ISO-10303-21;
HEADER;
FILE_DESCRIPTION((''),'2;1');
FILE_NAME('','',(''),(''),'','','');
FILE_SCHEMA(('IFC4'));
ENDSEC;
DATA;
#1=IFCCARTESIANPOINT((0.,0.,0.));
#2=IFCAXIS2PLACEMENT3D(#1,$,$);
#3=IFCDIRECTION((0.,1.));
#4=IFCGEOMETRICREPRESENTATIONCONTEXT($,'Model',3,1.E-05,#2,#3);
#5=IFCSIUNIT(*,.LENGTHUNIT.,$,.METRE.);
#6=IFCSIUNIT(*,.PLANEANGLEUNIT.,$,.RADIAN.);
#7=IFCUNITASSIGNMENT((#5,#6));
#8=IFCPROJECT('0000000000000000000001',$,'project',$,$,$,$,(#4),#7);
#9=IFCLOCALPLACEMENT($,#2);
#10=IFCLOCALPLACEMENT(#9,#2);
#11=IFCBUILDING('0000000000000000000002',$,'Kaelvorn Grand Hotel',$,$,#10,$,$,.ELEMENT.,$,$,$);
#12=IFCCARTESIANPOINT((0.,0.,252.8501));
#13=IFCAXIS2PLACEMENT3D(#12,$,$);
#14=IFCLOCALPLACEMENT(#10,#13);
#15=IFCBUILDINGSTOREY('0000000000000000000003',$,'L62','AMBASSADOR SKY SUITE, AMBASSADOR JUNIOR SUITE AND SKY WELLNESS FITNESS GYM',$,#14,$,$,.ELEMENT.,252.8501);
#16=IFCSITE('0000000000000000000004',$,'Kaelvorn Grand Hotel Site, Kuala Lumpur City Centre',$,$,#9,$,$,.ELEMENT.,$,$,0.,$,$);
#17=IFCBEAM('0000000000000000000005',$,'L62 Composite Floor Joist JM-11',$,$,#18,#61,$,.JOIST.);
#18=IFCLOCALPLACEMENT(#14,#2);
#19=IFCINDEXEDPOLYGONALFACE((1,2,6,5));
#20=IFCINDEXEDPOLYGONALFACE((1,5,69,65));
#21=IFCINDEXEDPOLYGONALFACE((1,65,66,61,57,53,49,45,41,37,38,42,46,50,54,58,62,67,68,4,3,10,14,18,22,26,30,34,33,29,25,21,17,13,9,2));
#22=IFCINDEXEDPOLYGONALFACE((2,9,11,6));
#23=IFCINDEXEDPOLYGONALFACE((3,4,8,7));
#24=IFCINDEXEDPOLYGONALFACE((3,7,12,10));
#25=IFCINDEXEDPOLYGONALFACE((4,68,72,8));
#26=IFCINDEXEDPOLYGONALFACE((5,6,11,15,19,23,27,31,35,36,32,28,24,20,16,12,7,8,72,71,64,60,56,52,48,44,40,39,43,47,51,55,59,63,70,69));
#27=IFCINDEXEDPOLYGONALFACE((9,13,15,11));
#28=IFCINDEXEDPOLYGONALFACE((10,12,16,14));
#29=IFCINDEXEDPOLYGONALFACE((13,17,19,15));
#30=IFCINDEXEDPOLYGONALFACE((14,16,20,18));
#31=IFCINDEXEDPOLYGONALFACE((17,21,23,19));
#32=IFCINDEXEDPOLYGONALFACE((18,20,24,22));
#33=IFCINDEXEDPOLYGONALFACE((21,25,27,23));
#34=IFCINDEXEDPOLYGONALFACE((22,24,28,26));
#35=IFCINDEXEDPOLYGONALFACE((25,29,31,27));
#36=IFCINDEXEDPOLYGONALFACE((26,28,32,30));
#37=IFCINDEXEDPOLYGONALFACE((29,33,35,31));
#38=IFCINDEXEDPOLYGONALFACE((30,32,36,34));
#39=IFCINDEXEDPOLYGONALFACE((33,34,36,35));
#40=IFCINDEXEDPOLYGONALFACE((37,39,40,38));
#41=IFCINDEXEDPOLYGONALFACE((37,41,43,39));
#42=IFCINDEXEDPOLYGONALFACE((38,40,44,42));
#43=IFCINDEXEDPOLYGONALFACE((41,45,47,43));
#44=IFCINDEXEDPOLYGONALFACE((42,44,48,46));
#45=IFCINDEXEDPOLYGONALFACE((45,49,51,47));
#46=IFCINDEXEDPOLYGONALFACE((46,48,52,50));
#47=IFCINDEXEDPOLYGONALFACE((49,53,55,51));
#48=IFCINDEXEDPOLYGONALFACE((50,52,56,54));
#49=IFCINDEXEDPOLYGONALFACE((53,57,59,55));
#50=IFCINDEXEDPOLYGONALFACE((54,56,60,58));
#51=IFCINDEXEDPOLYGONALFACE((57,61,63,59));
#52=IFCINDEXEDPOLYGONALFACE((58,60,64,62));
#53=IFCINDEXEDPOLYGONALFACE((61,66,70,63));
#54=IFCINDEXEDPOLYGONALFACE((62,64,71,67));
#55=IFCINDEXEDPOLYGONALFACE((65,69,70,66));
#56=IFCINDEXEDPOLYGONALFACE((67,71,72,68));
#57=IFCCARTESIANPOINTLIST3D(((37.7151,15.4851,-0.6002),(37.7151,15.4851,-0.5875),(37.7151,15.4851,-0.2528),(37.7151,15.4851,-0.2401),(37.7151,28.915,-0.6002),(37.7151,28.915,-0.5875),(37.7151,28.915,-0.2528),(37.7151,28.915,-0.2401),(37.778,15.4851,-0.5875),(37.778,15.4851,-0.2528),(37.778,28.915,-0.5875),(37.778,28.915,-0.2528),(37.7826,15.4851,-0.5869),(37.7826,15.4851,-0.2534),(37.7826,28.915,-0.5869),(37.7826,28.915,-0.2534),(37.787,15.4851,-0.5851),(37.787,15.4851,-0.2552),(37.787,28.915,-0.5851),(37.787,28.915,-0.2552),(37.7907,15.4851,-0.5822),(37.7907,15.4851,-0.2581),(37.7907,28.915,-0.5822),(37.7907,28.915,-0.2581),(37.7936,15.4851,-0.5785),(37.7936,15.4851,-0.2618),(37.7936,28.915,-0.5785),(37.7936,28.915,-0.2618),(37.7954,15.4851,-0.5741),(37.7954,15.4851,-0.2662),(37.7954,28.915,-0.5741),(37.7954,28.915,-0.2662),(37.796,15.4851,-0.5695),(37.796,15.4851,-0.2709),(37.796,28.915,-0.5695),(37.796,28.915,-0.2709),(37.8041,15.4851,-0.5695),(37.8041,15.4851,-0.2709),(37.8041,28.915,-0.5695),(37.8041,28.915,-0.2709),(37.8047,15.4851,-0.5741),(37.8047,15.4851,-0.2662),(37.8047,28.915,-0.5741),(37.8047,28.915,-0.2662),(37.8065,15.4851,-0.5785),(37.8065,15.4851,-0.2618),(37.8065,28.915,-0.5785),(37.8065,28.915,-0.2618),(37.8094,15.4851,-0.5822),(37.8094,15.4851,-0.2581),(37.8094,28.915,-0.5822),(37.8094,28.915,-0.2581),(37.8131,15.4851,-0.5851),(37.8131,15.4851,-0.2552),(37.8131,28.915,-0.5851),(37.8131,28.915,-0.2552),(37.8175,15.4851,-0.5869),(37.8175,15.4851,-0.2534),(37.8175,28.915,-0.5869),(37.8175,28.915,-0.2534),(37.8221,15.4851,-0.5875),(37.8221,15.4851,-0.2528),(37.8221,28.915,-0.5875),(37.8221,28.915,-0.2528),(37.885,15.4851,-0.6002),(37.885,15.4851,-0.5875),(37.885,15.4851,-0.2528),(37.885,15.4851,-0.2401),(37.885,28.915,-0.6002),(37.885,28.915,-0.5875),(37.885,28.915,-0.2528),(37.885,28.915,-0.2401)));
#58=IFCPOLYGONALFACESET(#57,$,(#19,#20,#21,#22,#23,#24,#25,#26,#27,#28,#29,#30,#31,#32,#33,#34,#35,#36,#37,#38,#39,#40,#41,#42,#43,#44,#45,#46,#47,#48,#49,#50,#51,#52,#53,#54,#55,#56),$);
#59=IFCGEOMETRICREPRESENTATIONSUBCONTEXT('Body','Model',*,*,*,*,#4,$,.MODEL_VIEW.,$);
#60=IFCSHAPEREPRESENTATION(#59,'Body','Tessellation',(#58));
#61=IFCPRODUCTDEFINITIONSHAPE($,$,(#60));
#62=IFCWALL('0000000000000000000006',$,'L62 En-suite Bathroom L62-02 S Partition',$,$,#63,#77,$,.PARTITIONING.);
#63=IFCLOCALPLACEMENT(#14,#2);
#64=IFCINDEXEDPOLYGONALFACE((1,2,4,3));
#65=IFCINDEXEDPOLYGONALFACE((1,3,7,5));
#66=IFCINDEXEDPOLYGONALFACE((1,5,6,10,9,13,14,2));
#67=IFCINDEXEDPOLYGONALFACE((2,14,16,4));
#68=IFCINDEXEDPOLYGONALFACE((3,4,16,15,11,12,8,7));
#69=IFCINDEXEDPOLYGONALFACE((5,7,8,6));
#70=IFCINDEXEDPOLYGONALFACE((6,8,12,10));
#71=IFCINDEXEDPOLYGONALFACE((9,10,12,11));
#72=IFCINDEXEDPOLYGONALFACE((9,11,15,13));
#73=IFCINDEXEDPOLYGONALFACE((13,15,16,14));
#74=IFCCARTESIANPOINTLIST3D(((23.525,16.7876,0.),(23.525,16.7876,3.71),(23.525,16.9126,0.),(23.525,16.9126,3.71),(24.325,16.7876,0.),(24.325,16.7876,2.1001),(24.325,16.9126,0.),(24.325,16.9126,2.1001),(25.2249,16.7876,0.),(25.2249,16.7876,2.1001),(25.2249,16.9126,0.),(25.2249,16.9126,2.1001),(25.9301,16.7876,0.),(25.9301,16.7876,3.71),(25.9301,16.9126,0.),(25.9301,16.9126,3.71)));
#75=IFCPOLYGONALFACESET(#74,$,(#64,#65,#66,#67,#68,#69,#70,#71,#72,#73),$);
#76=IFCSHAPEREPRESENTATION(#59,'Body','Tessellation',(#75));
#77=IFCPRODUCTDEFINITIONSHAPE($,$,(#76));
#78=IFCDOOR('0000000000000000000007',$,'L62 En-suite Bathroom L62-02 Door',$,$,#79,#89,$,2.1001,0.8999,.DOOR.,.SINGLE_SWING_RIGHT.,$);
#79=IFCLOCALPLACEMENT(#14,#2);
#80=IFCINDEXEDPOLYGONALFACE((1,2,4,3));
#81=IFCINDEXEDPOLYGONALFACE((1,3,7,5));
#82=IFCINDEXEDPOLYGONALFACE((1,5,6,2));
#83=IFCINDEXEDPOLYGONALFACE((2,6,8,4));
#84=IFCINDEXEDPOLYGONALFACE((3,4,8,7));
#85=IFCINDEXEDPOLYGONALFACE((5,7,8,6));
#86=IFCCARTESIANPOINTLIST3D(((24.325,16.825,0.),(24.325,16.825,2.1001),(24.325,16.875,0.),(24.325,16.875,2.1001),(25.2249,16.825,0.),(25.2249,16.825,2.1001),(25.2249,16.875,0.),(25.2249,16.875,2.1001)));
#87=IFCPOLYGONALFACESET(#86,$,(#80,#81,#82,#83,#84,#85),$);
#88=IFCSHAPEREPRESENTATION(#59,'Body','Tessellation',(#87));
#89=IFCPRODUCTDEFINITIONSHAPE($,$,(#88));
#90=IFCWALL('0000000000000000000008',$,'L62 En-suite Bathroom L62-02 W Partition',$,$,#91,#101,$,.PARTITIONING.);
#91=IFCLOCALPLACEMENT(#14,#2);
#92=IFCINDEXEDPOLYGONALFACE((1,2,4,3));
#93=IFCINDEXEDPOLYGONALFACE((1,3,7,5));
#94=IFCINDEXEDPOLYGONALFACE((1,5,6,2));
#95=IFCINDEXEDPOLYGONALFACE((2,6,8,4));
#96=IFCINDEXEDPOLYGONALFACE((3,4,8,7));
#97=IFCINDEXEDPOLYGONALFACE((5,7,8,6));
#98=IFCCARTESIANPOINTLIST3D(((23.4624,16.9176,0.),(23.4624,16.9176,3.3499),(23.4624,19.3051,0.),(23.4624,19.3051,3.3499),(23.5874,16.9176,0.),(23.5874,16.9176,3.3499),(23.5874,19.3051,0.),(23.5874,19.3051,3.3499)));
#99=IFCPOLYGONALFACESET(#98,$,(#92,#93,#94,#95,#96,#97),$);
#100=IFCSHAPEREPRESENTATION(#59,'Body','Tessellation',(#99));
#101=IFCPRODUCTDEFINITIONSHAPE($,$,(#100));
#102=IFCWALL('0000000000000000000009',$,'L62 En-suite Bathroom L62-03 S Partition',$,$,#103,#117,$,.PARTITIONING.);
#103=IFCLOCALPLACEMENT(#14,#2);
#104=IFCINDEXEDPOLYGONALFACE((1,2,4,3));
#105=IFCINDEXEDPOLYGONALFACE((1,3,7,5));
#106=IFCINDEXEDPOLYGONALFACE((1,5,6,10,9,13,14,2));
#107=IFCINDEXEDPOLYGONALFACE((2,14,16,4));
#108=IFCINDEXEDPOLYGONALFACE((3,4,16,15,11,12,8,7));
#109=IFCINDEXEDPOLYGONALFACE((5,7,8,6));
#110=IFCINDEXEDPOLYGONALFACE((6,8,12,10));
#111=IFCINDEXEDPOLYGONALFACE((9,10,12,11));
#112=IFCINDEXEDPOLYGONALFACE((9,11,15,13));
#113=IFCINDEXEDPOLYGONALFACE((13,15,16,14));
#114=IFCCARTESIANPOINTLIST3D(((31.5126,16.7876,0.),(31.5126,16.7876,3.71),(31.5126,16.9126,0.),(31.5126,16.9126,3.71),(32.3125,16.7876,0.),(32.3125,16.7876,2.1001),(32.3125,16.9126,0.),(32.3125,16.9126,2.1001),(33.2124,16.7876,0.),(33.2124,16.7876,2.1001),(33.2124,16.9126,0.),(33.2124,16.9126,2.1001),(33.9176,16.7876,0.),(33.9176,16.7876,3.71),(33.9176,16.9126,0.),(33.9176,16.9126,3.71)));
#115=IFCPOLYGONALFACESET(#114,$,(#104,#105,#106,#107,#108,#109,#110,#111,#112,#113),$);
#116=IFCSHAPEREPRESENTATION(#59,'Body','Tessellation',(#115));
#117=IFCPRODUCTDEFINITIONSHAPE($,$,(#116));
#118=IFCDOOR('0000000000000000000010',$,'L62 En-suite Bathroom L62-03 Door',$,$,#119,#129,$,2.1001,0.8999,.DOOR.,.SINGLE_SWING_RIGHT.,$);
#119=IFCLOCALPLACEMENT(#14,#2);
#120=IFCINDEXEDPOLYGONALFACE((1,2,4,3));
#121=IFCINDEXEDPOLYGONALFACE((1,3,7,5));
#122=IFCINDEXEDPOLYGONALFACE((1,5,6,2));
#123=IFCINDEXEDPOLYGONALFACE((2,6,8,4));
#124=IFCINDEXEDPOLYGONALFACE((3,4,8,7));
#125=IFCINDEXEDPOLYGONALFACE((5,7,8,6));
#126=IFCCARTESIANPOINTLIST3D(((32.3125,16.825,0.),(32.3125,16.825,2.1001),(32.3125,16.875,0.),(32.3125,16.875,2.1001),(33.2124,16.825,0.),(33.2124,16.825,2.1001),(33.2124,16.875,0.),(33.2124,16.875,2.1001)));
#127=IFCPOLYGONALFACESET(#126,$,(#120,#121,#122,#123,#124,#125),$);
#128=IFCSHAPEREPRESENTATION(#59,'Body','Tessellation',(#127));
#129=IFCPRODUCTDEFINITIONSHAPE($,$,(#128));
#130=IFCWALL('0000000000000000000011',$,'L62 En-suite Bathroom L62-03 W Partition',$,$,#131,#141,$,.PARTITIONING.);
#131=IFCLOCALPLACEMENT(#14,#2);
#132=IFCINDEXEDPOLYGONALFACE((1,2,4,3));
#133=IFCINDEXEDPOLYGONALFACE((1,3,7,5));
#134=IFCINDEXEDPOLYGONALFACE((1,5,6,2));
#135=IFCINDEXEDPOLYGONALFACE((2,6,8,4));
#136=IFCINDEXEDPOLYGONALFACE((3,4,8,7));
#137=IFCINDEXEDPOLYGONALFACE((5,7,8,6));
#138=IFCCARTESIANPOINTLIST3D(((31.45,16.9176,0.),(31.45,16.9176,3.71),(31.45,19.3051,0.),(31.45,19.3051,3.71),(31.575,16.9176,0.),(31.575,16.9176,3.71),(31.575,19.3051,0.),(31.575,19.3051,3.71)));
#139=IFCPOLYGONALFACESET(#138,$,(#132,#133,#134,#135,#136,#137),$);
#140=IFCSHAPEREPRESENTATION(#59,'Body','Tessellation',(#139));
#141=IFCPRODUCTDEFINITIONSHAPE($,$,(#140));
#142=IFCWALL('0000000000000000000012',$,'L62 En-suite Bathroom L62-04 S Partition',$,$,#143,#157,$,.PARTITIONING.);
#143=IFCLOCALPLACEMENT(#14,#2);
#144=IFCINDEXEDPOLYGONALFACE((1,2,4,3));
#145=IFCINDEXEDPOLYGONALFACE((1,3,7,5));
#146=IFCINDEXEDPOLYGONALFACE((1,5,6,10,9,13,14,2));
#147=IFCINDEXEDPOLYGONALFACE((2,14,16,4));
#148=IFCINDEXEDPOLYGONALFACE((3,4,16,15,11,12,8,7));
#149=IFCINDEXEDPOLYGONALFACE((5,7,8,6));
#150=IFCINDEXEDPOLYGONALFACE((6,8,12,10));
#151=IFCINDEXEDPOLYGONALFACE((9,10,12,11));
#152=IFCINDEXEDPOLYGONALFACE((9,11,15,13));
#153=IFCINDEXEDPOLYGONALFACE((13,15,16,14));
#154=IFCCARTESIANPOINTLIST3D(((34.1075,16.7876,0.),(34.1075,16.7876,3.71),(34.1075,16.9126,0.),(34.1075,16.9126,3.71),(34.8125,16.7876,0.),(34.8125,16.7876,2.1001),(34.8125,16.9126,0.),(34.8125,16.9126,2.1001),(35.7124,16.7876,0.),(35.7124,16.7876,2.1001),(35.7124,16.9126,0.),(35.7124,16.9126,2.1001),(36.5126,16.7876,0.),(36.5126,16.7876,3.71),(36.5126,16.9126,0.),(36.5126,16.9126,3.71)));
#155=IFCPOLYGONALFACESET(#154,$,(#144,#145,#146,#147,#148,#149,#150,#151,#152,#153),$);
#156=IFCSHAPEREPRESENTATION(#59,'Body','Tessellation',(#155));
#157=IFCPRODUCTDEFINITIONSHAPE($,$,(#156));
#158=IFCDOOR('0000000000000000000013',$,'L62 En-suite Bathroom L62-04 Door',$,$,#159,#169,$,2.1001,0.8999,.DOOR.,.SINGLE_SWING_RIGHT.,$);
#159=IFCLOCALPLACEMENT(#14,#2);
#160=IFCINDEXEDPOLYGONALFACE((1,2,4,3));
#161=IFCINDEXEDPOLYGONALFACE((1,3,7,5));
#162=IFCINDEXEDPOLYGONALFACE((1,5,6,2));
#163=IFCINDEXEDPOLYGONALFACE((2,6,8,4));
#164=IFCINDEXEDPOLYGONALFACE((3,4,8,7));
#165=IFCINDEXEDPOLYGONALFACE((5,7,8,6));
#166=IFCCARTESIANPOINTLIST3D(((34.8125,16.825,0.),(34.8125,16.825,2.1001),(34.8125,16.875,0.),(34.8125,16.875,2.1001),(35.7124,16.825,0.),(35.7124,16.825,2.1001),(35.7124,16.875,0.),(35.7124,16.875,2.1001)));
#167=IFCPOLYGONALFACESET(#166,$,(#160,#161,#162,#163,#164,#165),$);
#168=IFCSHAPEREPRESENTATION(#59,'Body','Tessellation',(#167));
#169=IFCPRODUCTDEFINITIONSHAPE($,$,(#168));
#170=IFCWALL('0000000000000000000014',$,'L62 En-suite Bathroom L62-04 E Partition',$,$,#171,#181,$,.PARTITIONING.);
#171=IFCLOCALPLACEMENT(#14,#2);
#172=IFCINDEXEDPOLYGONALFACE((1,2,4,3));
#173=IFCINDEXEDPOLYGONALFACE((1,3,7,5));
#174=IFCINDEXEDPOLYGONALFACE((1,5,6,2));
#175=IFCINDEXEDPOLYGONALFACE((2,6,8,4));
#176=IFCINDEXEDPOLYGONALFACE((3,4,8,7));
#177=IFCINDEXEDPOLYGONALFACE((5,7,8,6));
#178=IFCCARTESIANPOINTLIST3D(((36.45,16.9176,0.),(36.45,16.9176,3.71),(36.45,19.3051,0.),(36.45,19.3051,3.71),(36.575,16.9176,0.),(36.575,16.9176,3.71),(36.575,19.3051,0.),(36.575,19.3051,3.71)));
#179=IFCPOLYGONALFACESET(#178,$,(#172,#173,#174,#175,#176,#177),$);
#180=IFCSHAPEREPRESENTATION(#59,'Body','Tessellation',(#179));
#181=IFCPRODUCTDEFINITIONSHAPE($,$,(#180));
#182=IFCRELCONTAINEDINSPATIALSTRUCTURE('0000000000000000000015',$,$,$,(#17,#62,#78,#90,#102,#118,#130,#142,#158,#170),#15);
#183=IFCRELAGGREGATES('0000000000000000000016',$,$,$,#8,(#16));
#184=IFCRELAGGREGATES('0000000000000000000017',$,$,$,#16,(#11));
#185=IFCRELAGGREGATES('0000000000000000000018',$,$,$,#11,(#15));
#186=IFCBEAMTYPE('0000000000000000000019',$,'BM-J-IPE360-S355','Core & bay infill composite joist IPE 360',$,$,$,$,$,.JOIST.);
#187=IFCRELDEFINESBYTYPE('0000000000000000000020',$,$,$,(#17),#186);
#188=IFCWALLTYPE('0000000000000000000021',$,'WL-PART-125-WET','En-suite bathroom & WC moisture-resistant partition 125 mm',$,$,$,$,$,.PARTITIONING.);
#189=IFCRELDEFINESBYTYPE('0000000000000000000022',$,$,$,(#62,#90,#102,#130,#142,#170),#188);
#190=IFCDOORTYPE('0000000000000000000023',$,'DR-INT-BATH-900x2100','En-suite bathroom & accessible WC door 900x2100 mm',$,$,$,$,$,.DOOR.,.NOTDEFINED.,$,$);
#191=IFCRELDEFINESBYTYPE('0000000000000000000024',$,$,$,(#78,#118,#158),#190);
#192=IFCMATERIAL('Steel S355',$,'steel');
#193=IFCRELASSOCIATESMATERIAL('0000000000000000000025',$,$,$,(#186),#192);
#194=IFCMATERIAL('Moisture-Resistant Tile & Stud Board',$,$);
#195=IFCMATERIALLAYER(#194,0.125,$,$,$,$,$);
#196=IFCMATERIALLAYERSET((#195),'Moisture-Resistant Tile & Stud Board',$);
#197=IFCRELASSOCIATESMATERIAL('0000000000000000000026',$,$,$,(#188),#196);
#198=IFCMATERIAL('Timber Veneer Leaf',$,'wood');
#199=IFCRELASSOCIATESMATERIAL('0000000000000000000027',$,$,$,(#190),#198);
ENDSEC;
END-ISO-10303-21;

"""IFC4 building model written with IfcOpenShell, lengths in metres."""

from ifc_helpers import new_model, si_unit, direction, frame, frame_2d, origin, origin_2d, place, context, subcontext, project, spatial, rectangle, i_section, extrude, material, layer, layer_set, material_profile, profile_set, type_object, element, fill, save


model = new_model("IFC4")

# Units and contexts
model_context = context("Model", 3, precision=1e-05, world=origin(), true_north=direction((0.0, 1.0)))
body_context = subcontext(model_context, "Body", "Model", "MODEL_VIEW")
ifc_project = project(units=[si_unit("LENGTHUNIT", "METRE"), si_unit("PLANEANGLEUNIT", "RADIAN")], contexts=[model_context])

# Site, building, storey
site_placement = place(None, origin())
site = spatial("IfcSite", under=ifc_project, at=site_placement, Name="Kaelvorn Grand Hotel Site, Kuala Lumpur City Centre", CompositionType="ELEMENT", RefElevation=0.0)
building_placement = place(site_placement, origin())
building = spatial("IfcBuilding", under=site, at=building_placement, Name="Kaelvorn Grand Hotel", CompositionType="ELEMENT")
storey_placement = place(building_placement, frame((0.0, 0.0, 252.8501)))
storey = spatial("IfcBuildingStorey", under=building, at=storey_placement, Name="L62", Description="AMBASSADOR SKY SUITE, AMBASSADOR JUNIOR SUITE AND SKY WELLNESS FITNESS GYM", CompositionType="ELEMENT", Elevation=252.8501)

# Beam
ifc_material_1 = material(Name="Steel S355", Category="steel")
ifc_material_profile_1 = material_profile(ifc_material_1, i_section(OverallWidth=0.1699, OverallDepth=0.3601, WebThickness=0.0081, FlangeThickness=0.0127, FilletRadius=0.0181, at=origin_2d()), Name="IPE 360")
ifc_profile_set_1 = profile_set([ifc_material_profile_1], Name="Steel S355")
beam_type_1 = type_object("IfcBeamType", Name="BM-J-IPE360-S355", Description="Core & bay infill composite joist IPE 360", PredefinedType="JOIST", material=ifc_profile_set_1)
beam_1_placement = place(storey_placement, frame((37.8, 15.4851, -0.4202), z_axis=(0.0, 1.0, 0.0), x_axis=(-1.0, 0.0, 0.0)))
element("IfcBeam", 1, at=beam_1_placement, inside=storey, type_object=beam_type_1, Name="L62 Composite Floor Joist JM-11", PredefinedType="JOIST", context=body_context, shape_type="SweptSolid", body=[
    extrude(i_section(OverallWidth=0.1699, OverallDepth=0.3601, WebThickness=0.0081, FlangeThickness=0.0127, FilletRadius=0.0181, at=origin_2d()), origin(), (0.0, 0.0, 1.0), 13.4299),
])

# Wall, opening, door
ifc_material_2 = material(Name="Moisture-Resistant Tile & Stud Board")
ifc_layer_1 = layer(ifc_material_2, 0.125)
ifc_layer_set_1 = layer_set([ifc_layer_1], Name="Moisture-Resistant Tile & Stud Board")
wall_type_1 = type_object("IfcWallType", Name="WL-PART-125-WET", Description="En-suite bathroom & WC moisture-resistant partition 125 mm", PredefinedType="PARTITIONING", material=ifc_layer_set_1)
wall_1_placement = place(storey_placement, frame((23.5249, 16.8501, 0.0), z_axis=(0.0, 0.0, 1.0), x_axis=(1.0, 0.0, 0.0)))
wall_1 = element("IfcWall", 2, at=wall_1_placement, inside=storey, type_object=wall_type_1, Name="L62 En-suite Bathroom L62-02 S Partition", PredefinedType="PARTITIONING", context=body_context, shape_type="SweptSolid", body=[
    extrude(rectangle(XDim=2.405, YDim=0.125, at=frame_2d((1.2026, 0.0))), origin(), (0.0, 0.0, 1.0), 3.71),
])
opening_1_placement = place(wall_1_placement, frame((0.8, 0.0, 0.0)))
opening_1 = element("IfcOpeningElement", 3, at=opening_1_placement, cuts=wall_1, PredefinedType="OPENING", context=body_context, shape_type="SweptSolid", body=[
    extrude(rectangle(XDim=0.8999, YDim=2.1001, at=frame_2d((0.45, 1.05))), frame((0.0, 0.0725, 0.0), z_axis=(0.0, -1.0, 0.0), x_axis=(1.0, 0.0, 0.0)), (0.0, 0.0, 1.0), 0.145),
])
ifc_material_3 = material(Name="Timber Veneer Leaf", Category="wood")
door_type_1 = type_object("IfcDoorType", Name="DR-INT-BATH-900x2100", Description="En-suite bathroom & accessible WC door 900x2100 mm", OperationType="NOTDEFINED", PredefinedType="DOOR", material=ifc_material_3)
door_1_placement = place(opening_1_placement, origin())
door_1 = element("IfcDoor", 4, at=door_1_placement, inside=storey, type_object=door_type_1, Name="L62 En-suite Bathroom L62-02 Door", OperationType="SINGLE_SWING_RIGHT", OverallHeight=2.1001, OverallWidth=0.8999, PredefinedType="DOOR", context=body_context, shape_type="SweptSolid", body=[
    extrude(rectangle(XDim=0.8999, YDim=2.1001, at=frame_2d((0.45, 1.05))), frame((0.0, 0.0249, 0.0), z_axis=(0.0, -1.0, 0.0), x_axis=(1.0, 0.0, 0.0)), (0.0, 0.0, 1.0), 0.05),
])
fill(opening_1, door_1)

# Wall
wall_2_placement = place(storey_placement, frame((23.5249, 16.9175, 0.0), z_axis=(0.0, 0.0, 1.0), x_axis=(0.0, 1.0, 0.0)))
element("IfcWall", 5, at=wall_2_placement, inside=storey, type_object=wall_type_1, Name="L62 En-suite Bathroom L62-02 W Partition", PredefinedType="PARTITIONING", context=body_context, shape_type="SweptSolid", body=[
    extrude(rectangle(XDim=2.3875, YDim=0.125, at=frame_2d((1.1938, 0.0))), origin(), (0.0, 0.0, 1.0), 3.3499),
])

# Wall, opening, door
wall_3_placement = place(storey_placement, frame((31.5125, 16.8501, 0.0), z_axis=(0.0, 0.0, 1.0), x_axis=(1.0, 0.0, 0.0)))
wall_3 = element("IfcWall", 6, at=wall_3_placement, inside=storey, type_object=wall_type_1, Name="L62 En-suite Bathroom L62-03 S Partition", PredefinedType="PARTITIONING", context=body_context, shape_type="SweptSolid", body=[
    extrude(rectangle(XDim=2.405, YDim=0.125, at=frame_2d((1.2026, 0.0))), origin(), (0.0, 0.0, 1.0), 3.71),
])
opening_2_placement = place(wall_3_placement, frame((0.8, 0.0, 0.0)))
opening_2 = element("IfcOpeningElement", 7, at=opening_2_placement, cuts=wall_3, PredefinedType="OPENING", context=body_context, shape_type="SweptSolid", body=[
    extrude(rectangle(XDim=0.8999, YDim=2.1001, at=frame_2d((0.45, 1.05))), frame((0.0, 0.0725, 0.0), z_axis=(0.0, -1.0, 0.0), x_axis=(1.0, 0.0, 0.0)), (0.0, 0.0, 1.0), 0.145),
])
door_2_placement = place(opening_2_placement, origin())
door_2 = element("IfcDoor", 8, at=door_2_placement, inside=storey, type_object=door_type_1, Name="L62 En-suite Bathroom L62-03 Door", OperationType="SINGLE_SWING_RIGHT", OverallHeight=2.1001, OverallWidth=0.8999, PredefinedType="DOOR", context=body_context, shape_type="SweptSolid", body=[
    extrude(rectangle(XDim=0.8999, YDim=2.1001, at=frame_2d((0.45, 1.05))), frame((0.0, 0.0249, 0.0), z_axis=(0.0, -1.0, 0.0), x_axis=(1.0, 0.0, 0.0)), (0.0, 0.0, 1.0), 0.05),
])
fill(opening_2, door_2)

# Wall
wall_4_placement = place(storey_placement, frame((31.5125, 16.9175, 0.0), z_axis=(0.0, 0.0, 1.0), x_axis=(0.0, 1.0, 0.0)))
element("IfcWall", 9, at=wall_4_placement, inside=storey, type_object=wall_type_1, Name="L62 En-suite Bathroom L62-03 W Partition", PredefinedType="PARTITIONING", context=body_context, shape_type="SweptSolid", body=[
    extrude(rectangle(XDim=2.3875, YDim=0.125, at=frame_2d((1.1938, 0.0))), origin(), (0.0, 0.0, 1.0), 3.71),
])

# Wall, opening, door
wall_5_placement = place(storey_placement, frame((34.1074, 16.8501, 0.0), z_axis=(0.0, 0.0, 1.0), x_axis=(1.0, 0.0, 0.0)))
wall_5 = element("IfcWall", 10, at=wall_5_placement, inside=storey, type_object=wall_type_1, Name="L62 En-suite Bathroom L62-04 S Partition", PredefinedType="PARTITIONING", context=body_context, shape_type="SweptSolid", body=[
    extrude(rectangle(XDim=2.405, YDim=0.125, at=frame_2d((1.2026, 0.0))), origin(), (0.0, 0.0, 1.0), 3.71),
])
opening_3_placement = place(wall_5_placement, frame((0.7051, 0.0, 0.0)))
opening_3 = element("IfcOpeningElement", 11, at=opening_3_placement, cuts=wall_5, PredefinedType="OPENING", context=body_context, shape_type="SweptSolid", body=[
    extrude(rectangle(XDim=0.8999, YDim=2.1001, at=frame_2d((0.45, 1.05))), frame((0.0, 0.0725, 0.0), z_axis=(0.0, -1.0, 0.0), x_axis=(1.0, 0.0, 0.0)), (0.0, 0.0, 1.0), 0.145),
])
door_3_placement = place(opening_3_placement, origin())
door_3 = element("IfcDoor", 12, at=door_3_placement, inside=storey, type_object=door_type_1, Name="L62 En-suite Bathroom L62-04 Door", OperationType="SINGLE_SWING_RIGHT", OverallHeight=2.1001, OverallWidth=0.8999, PredefinedType="DOOR", context=body_context, shape_type="SweptSolid", body=[
    extrude(rectangle(XDim=0.8999, YDim=2.1001, at=frame_2d((0.45, 1.05))), frame((0.0, 0.0249, 0.0), z_axis=(0.0, -1.0, 0.0), x_axis=(1.0, 0.0, 0.0)), (0.0, 0.0, 1.0), 0.05),
])
fill(opening_3, door_3)

# Wall
wall_6_placement = place(storey_placement, frame((36.5125, 16.9175, 0.0), z_axis=(0.0, 0.0, 1.0), x_axis=(0.0, 1.0, 0.0)))
element("IfcWall", 13, at=wall_6_placement, inside=storey, type_object=wall_type_1, Name="L62 En-suite Bathroom L62-04 E Partition", PredefinedType="PARTITIONING", context=body_context, shape_type="SweptSolid", body=[
    extrude(rectangle(XDim=2.3875, YDim=0.125, at=frame_2d((1.1938, 0.0))), origin(), (0.0, 0.0, 1.0), 3.71),
])

save(model, "model.ifc")
